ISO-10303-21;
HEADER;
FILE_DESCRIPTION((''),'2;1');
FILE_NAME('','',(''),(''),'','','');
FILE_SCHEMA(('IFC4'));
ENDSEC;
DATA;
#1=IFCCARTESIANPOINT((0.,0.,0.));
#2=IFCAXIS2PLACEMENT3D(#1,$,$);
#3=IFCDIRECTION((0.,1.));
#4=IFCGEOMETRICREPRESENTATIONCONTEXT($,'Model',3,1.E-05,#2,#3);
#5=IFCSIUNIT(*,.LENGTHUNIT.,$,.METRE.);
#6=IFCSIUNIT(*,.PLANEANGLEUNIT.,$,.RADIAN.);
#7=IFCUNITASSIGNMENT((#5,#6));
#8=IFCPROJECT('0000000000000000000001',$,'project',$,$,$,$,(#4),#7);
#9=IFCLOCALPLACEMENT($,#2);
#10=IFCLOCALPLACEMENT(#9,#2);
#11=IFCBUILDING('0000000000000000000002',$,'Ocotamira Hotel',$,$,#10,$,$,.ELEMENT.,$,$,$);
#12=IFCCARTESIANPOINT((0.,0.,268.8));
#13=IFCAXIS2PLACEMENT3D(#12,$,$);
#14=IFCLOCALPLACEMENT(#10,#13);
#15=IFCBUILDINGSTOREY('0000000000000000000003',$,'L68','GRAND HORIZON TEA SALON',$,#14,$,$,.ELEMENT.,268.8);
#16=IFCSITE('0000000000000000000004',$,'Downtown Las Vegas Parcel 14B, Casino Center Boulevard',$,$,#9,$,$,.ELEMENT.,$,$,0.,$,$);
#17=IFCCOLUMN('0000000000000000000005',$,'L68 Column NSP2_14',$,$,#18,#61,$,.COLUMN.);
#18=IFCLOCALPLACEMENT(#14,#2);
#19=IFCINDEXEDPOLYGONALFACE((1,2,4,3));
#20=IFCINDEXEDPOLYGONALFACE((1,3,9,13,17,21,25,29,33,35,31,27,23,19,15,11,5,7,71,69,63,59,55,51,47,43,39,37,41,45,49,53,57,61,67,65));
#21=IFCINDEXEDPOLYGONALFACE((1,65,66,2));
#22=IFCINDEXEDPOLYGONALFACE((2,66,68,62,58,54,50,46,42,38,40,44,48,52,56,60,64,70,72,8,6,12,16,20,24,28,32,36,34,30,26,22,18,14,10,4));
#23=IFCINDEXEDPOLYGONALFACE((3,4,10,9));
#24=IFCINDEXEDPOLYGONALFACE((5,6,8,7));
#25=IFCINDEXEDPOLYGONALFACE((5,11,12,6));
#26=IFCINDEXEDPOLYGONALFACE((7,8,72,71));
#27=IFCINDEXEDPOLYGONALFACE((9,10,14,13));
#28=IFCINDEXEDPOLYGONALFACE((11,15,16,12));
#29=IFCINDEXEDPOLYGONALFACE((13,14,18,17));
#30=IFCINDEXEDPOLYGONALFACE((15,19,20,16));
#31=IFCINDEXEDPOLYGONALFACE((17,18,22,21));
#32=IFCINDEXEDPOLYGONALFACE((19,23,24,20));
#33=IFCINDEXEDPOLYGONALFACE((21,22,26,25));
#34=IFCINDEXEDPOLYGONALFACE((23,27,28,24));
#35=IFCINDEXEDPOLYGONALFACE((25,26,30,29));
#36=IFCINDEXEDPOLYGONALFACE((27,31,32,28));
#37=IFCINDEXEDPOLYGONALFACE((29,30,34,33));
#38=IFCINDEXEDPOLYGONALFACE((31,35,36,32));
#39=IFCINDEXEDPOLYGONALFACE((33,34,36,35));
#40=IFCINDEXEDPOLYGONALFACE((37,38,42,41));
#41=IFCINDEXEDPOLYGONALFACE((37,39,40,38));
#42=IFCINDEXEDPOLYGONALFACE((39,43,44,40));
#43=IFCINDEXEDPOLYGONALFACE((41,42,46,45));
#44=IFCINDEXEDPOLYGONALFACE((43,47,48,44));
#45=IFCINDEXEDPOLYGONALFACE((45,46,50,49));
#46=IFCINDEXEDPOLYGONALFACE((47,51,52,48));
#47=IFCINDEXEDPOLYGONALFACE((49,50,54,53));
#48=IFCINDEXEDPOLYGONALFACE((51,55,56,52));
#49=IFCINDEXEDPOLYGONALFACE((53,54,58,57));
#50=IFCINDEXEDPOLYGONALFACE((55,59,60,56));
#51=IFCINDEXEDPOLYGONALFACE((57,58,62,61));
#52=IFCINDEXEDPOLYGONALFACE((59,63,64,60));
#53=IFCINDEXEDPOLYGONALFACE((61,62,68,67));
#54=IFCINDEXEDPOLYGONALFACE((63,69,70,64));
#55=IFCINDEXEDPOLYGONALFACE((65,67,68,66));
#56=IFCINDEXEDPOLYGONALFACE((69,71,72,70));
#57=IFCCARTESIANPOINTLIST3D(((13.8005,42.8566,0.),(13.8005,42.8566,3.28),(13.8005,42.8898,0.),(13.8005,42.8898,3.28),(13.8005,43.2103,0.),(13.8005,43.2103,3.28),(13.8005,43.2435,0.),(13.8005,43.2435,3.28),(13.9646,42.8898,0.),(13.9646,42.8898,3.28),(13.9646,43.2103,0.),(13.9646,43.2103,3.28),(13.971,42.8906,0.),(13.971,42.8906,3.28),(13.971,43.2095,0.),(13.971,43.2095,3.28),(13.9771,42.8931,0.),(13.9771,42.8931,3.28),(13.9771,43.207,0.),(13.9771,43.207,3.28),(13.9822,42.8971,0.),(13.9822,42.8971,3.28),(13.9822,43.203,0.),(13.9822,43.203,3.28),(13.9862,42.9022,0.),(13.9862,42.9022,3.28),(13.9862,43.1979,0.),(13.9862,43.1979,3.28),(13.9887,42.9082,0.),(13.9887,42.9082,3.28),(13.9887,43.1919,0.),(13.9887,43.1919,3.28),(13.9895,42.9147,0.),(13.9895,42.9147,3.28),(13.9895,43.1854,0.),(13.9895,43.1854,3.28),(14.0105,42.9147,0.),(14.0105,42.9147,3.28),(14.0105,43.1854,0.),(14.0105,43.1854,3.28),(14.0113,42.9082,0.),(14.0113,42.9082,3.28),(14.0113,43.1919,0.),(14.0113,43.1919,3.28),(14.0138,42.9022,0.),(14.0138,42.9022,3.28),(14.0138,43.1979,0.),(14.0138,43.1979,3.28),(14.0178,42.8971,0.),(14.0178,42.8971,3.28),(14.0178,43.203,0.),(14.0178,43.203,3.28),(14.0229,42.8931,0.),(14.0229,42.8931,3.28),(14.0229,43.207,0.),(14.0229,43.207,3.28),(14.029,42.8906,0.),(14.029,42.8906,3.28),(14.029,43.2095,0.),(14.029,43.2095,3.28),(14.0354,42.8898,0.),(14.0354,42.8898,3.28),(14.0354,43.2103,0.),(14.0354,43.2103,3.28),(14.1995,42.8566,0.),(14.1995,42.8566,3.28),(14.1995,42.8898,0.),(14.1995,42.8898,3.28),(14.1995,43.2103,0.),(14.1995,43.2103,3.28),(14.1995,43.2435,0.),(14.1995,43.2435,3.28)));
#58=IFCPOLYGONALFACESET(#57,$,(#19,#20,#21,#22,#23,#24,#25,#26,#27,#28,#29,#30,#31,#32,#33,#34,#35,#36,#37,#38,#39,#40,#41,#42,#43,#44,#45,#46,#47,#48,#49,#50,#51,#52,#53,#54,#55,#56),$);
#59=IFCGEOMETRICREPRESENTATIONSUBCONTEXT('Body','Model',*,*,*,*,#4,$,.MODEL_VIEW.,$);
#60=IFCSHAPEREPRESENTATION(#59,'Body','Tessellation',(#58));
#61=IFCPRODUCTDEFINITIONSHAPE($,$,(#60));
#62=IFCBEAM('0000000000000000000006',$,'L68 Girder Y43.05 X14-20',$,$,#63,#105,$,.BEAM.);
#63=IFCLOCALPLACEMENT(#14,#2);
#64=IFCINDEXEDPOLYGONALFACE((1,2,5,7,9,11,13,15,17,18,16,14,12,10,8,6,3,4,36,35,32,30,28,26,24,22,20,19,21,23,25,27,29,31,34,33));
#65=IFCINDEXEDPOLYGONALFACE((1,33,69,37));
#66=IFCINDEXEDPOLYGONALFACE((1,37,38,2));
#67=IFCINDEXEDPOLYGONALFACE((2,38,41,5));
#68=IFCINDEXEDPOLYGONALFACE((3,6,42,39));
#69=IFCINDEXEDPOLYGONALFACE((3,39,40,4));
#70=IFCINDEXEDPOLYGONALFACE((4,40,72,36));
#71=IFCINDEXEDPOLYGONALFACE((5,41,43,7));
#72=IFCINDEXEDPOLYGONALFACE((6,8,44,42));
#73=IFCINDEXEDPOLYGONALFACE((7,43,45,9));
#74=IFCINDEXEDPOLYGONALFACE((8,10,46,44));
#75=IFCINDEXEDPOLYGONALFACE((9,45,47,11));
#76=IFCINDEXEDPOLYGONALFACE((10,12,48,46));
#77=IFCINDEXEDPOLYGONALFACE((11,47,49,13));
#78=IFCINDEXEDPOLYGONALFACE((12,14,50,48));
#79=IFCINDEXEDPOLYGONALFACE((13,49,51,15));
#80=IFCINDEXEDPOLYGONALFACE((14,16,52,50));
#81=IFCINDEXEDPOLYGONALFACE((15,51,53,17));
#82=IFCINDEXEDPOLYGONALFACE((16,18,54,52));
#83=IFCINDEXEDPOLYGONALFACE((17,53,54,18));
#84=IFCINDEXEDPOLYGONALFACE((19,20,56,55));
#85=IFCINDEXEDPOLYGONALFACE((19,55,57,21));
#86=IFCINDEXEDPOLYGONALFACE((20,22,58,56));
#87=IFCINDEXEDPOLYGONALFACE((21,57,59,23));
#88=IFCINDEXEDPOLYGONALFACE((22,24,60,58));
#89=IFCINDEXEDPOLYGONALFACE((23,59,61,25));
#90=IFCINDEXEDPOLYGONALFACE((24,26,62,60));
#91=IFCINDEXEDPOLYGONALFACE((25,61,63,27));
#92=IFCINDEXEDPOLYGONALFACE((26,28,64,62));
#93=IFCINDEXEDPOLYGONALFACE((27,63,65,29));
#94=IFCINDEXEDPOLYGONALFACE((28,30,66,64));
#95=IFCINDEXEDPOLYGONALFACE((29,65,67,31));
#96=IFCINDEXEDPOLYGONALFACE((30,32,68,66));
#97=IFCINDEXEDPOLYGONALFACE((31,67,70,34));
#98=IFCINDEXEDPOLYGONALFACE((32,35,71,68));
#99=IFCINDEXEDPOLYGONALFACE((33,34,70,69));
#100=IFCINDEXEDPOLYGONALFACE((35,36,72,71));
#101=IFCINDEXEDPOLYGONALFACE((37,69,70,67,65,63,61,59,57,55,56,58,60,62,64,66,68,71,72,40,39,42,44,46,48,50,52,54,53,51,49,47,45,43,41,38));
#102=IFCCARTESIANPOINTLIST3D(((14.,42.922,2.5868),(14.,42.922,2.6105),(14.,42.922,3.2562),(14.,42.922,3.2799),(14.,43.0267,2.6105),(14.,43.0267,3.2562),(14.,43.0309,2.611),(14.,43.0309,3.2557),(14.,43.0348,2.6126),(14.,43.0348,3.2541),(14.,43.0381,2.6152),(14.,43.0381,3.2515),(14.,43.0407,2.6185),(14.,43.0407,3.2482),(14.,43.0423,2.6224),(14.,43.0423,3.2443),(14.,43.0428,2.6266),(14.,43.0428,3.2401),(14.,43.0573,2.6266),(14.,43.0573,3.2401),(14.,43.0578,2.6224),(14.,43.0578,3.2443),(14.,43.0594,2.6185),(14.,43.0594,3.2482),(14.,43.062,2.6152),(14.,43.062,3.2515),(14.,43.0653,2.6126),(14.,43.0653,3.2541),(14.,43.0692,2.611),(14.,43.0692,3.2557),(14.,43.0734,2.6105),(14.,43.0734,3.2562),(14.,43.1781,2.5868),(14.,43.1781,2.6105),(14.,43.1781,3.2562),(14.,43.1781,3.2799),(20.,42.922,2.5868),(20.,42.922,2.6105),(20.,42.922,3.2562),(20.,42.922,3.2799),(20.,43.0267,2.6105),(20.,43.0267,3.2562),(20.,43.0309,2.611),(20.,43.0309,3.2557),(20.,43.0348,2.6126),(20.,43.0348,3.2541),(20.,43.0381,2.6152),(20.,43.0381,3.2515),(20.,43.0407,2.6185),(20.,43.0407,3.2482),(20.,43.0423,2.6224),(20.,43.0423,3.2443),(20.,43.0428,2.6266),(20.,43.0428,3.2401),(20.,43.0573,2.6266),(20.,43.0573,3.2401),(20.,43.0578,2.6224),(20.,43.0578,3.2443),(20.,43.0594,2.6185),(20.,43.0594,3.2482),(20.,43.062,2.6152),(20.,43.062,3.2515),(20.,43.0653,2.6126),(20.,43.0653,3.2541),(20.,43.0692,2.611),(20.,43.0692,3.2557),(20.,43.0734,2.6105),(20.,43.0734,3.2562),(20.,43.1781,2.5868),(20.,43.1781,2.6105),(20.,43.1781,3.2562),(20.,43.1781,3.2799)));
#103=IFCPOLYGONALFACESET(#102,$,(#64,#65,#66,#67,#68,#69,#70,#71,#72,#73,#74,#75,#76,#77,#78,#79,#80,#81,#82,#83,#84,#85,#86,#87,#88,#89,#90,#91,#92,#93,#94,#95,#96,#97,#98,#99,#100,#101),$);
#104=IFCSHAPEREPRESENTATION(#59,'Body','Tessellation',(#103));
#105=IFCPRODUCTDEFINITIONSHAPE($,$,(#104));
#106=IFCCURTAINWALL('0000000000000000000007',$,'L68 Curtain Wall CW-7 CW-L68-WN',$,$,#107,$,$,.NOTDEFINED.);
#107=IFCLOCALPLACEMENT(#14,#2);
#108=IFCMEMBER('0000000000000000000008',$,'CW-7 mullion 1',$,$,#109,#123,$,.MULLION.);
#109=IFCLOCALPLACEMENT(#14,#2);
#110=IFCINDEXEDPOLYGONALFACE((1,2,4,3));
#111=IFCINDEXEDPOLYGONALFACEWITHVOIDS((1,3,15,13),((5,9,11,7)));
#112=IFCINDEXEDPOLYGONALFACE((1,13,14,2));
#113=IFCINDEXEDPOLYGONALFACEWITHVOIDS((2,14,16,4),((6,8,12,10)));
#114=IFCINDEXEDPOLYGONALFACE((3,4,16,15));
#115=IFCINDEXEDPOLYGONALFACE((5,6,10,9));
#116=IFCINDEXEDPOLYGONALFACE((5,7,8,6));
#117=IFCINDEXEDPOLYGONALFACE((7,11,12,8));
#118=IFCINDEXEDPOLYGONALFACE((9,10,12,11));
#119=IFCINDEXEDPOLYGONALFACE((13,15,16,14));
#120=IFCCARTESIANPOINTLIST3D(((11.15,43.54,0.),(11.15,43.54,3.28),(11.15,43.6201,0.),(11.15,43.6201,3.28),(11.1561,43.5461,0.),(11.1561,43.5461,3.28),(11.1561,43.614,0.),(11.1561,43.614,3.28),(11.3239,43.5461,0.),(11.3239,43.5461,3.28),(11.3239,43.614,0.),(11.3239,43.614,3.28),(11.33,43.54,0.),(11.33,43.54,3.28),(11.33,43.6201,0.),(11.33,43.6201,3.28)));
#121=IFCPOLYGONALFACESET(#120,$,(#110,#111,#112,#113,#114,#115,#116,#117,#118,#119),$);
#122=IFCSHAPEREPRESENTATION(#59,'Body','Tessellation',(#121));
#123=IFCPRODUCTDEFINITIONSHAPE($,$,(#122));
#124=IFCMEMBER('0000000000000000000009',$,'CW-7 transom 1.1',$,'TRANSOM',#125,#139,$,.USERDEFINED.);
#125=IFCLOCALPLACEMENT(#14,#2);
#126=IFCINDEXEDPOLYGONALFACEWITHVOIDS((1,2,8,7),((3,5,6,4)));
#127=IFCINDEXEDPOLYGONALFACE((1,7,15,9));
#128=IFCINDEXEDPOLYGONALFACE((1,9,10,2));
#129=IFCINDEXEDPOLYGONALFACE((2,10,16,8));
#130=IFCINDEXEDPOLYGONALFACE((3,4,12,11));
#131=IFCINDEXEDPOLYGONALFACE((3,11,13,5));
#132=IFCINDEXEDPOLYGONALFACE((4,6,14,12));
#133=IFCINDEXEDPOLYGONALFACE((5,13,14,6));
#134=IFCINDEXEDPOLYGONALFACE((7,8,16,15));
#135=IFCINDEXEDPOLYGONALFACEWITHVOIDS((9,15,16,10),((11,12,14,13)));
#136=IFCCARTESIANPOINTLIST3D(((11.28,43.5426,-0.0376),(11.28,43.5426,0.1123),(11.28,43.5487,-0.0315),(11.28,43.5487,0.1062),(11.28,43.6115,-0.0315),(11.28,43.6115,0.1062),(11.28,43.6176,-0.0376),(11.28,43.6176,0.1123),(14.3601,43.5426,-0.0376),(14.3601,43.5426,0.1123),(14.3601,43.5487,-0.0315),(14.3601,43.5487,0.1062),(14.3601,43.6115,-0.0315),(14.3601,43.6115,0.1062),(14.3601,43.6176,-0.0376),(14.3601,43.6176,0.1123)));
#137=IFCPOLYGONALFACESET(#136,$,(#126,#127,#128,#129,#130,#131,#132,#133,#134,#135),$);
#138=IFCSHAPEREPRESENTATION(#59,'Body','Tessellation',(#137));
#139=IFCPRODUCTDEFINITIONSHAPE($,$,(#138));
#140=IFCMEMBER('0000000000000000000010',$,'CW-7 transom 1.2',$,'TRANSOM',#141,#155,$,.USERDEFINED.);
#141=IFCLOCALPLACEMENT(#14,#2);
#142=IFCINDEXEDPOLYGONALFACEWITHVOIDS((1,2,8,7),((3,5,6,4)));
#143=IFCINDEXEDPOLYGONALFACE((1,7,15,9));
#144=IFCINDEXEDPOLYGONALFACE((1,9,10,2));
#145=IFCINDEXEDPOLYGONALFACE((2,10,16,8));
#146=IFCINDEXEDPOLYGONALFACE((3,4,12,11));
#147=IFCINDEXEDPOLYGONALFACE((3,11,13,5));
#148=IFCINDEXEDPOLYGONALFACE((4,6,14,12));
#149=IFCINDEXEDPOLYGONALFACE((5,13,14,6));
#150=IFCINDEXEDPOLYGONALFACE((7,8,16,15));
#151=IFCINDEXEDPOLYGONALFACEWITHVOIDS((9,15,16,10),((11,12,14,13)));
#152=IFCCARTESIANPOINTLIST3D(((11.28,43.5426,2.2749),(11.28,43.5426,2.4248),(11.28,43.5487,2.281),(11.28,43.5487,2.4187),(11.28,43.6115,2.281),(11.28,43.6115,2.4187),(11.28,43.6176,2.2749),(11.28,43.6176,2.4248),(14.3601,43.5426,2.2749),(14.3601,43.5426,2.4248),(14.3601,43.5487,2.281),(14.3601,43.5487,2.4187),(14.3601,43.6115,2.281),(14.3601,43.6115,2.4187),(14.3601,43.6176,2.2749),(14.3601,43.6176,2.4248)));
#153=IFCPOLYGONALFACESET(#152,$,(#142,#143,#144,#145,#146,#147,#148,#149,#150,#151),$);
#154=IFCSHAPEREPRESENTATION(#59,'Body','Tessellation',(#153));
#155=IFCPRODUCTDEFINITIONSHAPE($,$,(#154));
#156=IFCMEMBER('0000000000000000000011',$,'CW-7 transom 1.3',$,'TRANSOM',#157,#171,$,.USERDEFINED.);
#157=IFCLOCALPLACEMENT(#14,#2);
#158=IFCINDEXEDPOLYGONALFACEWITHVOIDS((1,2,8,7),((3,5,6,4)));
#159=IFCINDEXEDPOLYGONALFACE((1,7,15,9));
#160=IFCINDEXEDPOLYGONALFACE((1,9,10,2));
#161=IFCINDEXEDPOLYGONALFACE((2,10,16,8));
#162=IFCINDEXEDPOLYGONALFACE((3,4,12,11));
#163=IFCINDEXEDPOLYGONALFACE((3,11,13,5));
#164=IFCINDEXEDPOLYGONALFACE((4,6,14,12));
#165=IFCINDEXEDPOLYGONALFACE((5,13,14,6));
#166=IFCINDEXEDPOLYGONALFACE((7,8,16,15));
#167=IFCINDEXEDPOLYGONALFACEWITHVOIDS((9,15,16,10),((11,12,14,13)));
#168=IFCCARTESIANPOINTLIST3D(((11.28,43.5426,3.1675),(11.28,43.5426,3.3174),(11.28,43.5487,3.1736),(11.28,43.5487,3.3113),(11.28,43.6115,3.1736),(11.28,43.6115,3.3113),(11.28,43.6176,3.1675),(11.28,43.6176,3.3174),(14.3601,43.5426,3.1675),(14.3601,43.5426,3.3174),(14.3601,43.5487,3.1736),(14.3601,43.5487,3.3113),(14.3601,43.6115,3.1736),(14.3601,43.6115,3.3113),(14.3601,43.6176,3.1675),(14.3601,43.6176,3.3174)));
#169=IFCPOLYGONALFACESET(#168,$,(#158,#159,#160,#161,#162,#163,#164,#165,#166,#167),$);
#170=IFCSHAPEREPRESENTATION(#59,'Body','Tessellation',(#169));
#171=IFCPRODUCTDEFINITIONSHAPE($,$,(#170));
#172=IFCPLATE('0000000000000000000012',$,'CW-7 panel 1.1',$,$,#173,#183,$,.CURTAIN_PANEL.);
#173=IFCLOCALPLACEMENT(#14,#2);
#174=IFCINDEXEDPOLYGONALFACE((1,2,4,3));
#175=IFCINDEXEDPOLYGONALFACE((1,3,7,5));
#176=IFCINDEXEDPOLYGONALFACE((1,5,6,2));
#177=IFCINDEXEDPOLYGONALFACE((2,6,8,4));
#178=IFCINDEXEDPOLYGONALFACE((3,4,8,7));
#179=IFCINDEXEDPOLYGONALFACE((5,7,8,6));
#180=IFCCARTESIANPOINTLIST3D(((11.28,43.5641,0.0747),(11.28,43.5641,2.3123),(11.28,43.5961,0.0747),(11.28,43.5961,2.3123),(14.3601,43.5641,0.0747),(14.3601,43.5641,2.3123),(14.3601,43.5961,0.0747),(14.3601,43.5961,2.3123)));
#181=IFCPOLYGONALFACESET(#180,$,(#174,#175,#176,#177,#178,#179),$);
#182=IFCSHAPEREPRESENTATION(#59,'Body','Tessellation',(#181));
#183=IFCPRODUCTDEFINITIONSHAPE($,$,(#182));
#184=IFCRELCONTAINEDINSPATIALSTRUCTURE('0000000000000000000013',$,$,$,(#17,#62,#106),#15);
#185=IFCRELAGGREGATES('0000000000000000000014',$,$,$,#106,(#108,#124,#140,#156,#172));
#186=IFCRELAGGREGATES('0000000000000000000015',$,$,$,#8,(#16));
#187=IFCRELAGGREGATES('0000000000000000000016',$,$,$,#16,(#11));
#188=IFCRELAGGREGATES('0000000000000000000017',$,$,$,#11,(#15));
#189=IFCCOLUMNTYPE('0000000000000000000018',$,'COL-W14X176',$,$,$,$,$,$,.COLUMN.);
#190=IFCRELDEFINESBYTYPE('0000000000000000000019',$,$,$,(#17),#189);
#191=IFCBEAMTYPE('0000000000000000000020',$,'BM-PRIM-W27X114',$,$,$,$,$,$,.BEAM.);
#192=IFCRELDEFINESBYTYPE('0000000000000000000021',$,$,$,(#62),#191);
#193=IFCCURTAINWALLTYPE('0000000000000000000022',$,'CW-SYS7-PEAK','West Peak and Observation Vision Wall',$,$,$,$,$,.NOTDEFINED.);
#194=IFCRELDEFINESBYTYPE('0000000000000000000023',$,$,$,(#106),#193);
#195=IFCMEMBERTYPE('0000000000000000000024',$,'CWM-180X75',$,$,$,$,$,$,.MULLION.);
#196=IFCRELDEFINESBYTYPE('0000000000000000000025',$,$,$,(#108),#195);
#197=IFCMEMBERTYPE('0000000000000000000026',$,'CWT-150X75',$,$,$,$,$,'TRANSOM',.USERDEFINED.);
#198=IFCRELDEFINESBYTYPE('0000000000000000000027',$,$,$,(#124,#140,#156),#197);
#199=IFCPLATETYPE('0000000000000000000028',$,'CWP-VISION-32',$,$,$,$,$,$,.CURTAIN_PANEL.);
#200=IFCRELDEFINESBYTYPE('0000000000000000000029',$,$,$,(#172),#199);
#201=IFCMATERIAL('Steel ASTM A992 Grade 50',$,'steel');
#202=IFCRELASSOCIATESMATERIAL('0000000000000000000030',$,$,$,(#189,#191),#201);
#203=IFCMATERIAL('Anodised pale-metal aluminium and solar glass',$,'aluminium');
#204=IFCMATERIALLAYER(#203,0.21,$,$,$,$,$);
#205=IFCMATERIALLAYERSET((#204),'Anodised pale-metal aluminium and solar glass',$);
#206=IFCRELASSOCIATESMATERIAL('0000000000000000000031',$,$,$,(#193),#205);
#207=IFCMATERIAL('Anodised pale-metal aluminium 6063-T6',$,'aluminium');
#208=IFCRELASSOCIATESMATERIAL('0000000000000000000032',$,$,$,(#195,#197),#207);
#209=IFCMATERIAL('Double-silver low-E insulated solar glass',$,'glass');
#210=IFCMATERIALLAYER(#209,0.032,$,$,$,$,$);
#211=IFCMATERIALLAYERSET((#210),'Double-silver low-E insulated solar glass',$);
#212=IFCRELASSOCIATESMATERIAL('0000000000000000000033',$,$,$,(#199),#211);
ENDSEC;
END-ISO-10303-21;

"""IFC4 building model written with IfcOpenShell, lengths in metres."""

from ifc_helpers import new_model, si_unit, direction, frame, origin, origin_2d, place, context, subcontext, project, spatial, rectangle, hollow_rectangle, i_section, extrude, source, transform, mapped, material, layer, layer_set, material_profile, profile_set, type_object, element, aggregate, save


model = new_model("IFC4")

# Units and contexts
model_context = context("Model", 3, precision=1e-05, world=origin(), true_north=direction((0.0, 1.0)))
body_context = subcontext(model_context, "Body", "Model", "MODEL_VIEW")
ifc_project = project(units=[si_unit("LENGTHUNIT", "METRE"), si_unit("PLANEANGLEUNIT", "RADIAN")], contexts=[model_context])

# Site, building, storey
site_placement = place(None, origin())
site = spatial("IfcSite", under=ifc_project, at=site_placement, Name="Downtown Las Vegas Parcel 14B, Casino Center Boulevard", CompositionType="ELEMENT", RefElevation=0.0)
building_placement = place(site_placement, origin())
building = spatial("IfcBuilding", under=site, at=building_placement, Name="Ocotamira Hotel", CompositionType="ELEMENT")
storey_placement = place(building_placement, frame((0.0, 0.0, 268.8)))
storey = spatial("IfcBuildingStorey", under=building, at=storey_placement, Name="L68", Description="GRAND HORIZON TEA SALON", CompositionType="ELEMENT", Elevation=268.8)

# Column
ifc_material_1 = material(Name="Steel ASTM A992 Grade 50", Category="steel")
ifc_material_profile_1 = material_profile(ifc_material_1, i_section(OverallWidth=0.3989, OverallDepth=0.387, WebThickness=0.021, FlangeThickness=0.0332, FilletRadius=0.0249, at=origin_2d()), Name="W14X176")
ifc_profile_set_1 = profile_set([ifc_material_profile_1], Name="Steel ASTM A992 Grade 50")
column_type = type_object("IfcColumnType", Name="COL-W14X176", PredefinedType="COLUMN", material=ifc_profile_set_1)
shared_shape_1 = source(origin(), body_context, "Body", "SweptSolid", [
    extrude(i_section(OverallWidth=0.3989, OverallDepth=0.387, WebThickness=0.021, FlangeThickness=0.0332, FilletRadius=0.0249, at=origin_2d()), origin(), (0.0, 0.0, 1.0), 3.28),
])
column_placement = place(storey_placement, frame((14.0, 43.05, 0.0), z_axis=(0.0, 0.0, 1.0), x_axis=(1.0, 0.0, 0.0)))
element("IfcColumn", 1, at=column_placement, inside=storey, type_object=column_type, Name="L68 Column NSP2_14", PredefinedType="COLUMN", context=body_context, shape_type="MappedRepresentation", body=[
    mapped(shared_shape_1, transform((0.0, 0.0, 0.0), scale=1.0)),
])

# Beam
ifc_material_profile_2 = material_profile(ifc_material_1, i_section(OverallWidth=0.2561, OverallDepth=0.6931, WebThickness=0.0144, FlangeThickness=0.0237, FilletRadius=0.0161, at=origin_2d()), Name="W27X114")
ifc_profile_set_2 = profile_set([ifc_material_profile_2], Name="Steel ASTM A992 Grade 50")
beam_type = type_object("IfcBeamType", Name="BM-PRIM-W27X114", PredefinedType="BEAM", material=ifc_profile_set_2)
shared_shape_2 = source(origin(), body_context, "Body", "SweptSolid", [
    extrude(i_section(OverallWidth=0.2561, OverallDepth=0.6931, WebThickness=0.0144, FlangeThickness=0.0237, FilletRadius=0.0161, at=origin_2d()), origin(), (0.0, 0.0, 1.0), 6.0),
])
beam_placement = place(storey_placement, frame((14.0, 43.05, 2.9333), z_axis=(1.0, 0.0, 0.0), x_axis=(0.0, 1.0, 0.0)))
element("IfcBeam", 2, at=beam_placement, inside=storey, type_object=beam_type, Name="L68 Girder Y43.05 X14-20", PredefinedType="BEAM", context=body_context, shape_type="MappedRepresentation", body=[
    mapped(shared_shape_2, transform((0.0, 0.0, 0.0), scale=1.0)),
])

# Curtain wall, members, plate
ifc_material_2 = material(Name="Anodised pale-metal aluminium and solar glass", Category="aluminium")
ifc_layer_1 = layer(ifc_material_2, 0.21)
ifc_layer_set_1 = layer_set([ifc_layer_1], Name="Anodised pale-metal aluminium and solar glass")
curtain_wall_type = type_object("IfcCurtainWallType", Name="CW-SYS7-PEAK", Description="West Peak and Observation Vision Wall", PredefinedType="NOTDEFINED", material=ifc_layer_set_1)
curtain_wall_placement = place(storey_placement, origin())
curtain_wall = element("IfcCurtainWall", 3, at=curtain_wall_placement, inside=storey, type_object=curtain_wall_type, Name="L68 Curtain Wall CW-7 CW-L68-WN", PredefinedType="NOTDEFINED")
ifc_material_3 = material(Name="Anodised pale-metal aluminium 6063-T6", Category="aluminium")
ifc_material_profile_3 = material_profile(ifc_material_3, hollow_rectangle(XDim=0.0801, YDim=0.1799, WallThickness=0.0061, at=origin_2d()), Name="HSS180X80X6")
ifc_profile_set_3 = profile_set([ifc_material_profile_3], Name="Anodised pale-metal aluminium 6063-T6")
member_type_1 = type_object("IfcMemberType", Name="CWM-180X75", PredefinedType="MULLION", material=ifc_profile_set_3)
shared_shape_3 = source(origin(), body_context, "Body", "SweptSolid", [
    extrude(hollow_rectangle(XDim=0.0801, YDim=0.1799, WallThickness=0.0061, at=origin_2d()), origin(), (0.0, 0.0, 1.0), 3.28),
])
member_1_placement = place(storey_placement, frame((11.24, 43.5801, 0.0), z_axis=(0.0, 0.0, 1.0), x_axis=(0.0, 1.0, 0.0)))
member_1 = element("IfcMember", 4, at=member_1_placement, type_object=member_type_1, Name="CW-7 mullion 1", PredefinedType="MULLION", context=body_context, shape_type="MappedRepresentation", body=[
    mapped(shared_shape_3, transform((0.0, 0.0, 0.0), scale=1.0)),
])
ifc_material_profile_4 = material_profile(ifc_material_3, hollow_rectangle(XDim=0.075, YDim=0.1499, WallThickness=0.0061, at=origin_2d()), Name="HSS150X75X6")
ifc_profile_set_4 = profile_set([ifc_material_profile_4], Name="Anodised pale-metal aluminium 6063-T6")
member_type_2 = type_object("IfcMemberType", Name="CWT-150X75", ElementType="TRANSOM", PredefinedType="USERDEFINED", material=ifc_profile_set_4)
shared_shape_4 = source(origin(), body_context, "Body", "SweptSolid", [
    extrude(hollow_rectangle(XDim=0.075, YDim=0.1499, WallThickness=0.0061, at=origin_2d()), origin(), (0.0, 0.0, 1.0), 3.0801),
])
member_2_placement = place(storey_placement, frame((11.28, 43.5801, 0.0374), z_axis=(1.0, 0.0, 0.0), x_axis=(0.0, 1.0, 0.0)))
member_2 = element("IfcMember", 5, at=member_2_placement, type_object=member_type_2, Name="CW-7 transom 1.1", ObjectType="TRANSOM", PredefinedType="USERDEFINED", context=body_context, shape_type="MappedRepresentation", body=[
    mapped(shared_shape_4, transform((0.0, 0.0, 0.0), scale=1.0)),
])
member_3_placement = place(storey_placement, frame((11.28, 43.5801, 2.3499), z_axis=(1.0, 0.0, 0.0), x_axis=(0.0, 1.0, 0.0)))
member_3 = element("IfcMember", 6, at=member_3_placement, type_object=member_type_2, Name="CW-7 transom 1.2", ObjectType="TRANSOM", PredefinedType="USERDEFINED", context=body_context, shape_type="MappedRepresentation", body=[
    mapped(shared_shape_4, transform((0.0, 0.0, 0.0), scale=1.0)),
])
member_4_placement = place(storey_placement, frame((11.28, 43.5801, 3.2424), z_axis=(1.0, 0.0, 0.0), x_axis=(0.0, 1.0, 0.0)))
member_4 = element("IfcMember", 7, at=member_4_placement, type_object=member_type_2, Name="CW-7 transom 1.3", ObjectType="TRANSOM", PredefinedType="USERDEFINED", context=body_context, shape_type="MappedRepresentation", body=[
    mapped(shared_shape_4, transform((0.0, 0.0, 0.0), scale=1.0)),
])
ifc_material_4 = material(Name="Double-silver low-E insulated solar glass", Category="glass")
ifc_layer_2 = layer(ifc_material_4, 0.032)
ifc_layer_set_2 = layer_set([ifc_layer_2], Name="Double-silver low-E insulated solar glass")
plate_type = type_object("IfcPlateType", Name="CWP-VISION-32", PredefinedType="CURTAIN_PANEL", material=ifc_layer_set_2)
shared_shape_5 = source(origin(), body_context, "Body", "SweptSolid", [
    extrude(rectangle(XDim=3.0801, YDim=0.032, at=origin_2d()), origin(), (0.0, 0.0, 1.0), 2.2375),
])
plate_1_placement = place(storey_placement, frame((12.8201, 43.5801, 0.0747), z_axis=(0.0, 0.0, 1.0), x_axis=(1.0, 0.0, 0.0)))
plate_1 = element("IfcPlate", 8, at=plate_1_placement, type_object=plate_type, Name="CW-7 panel 1.1", PredefinedType="CURTAIN_PANEL", context=body_context, shape_type="MappedRepresentation", body=[
    mapped(shared_shape_5, transform((0.0, 0.0, 0.0), scale=1.0)),
])
aggregate(curtain_wall, [member_1, member_2, member_3, member_4, plate_1])

save(model, "model.ifc")
